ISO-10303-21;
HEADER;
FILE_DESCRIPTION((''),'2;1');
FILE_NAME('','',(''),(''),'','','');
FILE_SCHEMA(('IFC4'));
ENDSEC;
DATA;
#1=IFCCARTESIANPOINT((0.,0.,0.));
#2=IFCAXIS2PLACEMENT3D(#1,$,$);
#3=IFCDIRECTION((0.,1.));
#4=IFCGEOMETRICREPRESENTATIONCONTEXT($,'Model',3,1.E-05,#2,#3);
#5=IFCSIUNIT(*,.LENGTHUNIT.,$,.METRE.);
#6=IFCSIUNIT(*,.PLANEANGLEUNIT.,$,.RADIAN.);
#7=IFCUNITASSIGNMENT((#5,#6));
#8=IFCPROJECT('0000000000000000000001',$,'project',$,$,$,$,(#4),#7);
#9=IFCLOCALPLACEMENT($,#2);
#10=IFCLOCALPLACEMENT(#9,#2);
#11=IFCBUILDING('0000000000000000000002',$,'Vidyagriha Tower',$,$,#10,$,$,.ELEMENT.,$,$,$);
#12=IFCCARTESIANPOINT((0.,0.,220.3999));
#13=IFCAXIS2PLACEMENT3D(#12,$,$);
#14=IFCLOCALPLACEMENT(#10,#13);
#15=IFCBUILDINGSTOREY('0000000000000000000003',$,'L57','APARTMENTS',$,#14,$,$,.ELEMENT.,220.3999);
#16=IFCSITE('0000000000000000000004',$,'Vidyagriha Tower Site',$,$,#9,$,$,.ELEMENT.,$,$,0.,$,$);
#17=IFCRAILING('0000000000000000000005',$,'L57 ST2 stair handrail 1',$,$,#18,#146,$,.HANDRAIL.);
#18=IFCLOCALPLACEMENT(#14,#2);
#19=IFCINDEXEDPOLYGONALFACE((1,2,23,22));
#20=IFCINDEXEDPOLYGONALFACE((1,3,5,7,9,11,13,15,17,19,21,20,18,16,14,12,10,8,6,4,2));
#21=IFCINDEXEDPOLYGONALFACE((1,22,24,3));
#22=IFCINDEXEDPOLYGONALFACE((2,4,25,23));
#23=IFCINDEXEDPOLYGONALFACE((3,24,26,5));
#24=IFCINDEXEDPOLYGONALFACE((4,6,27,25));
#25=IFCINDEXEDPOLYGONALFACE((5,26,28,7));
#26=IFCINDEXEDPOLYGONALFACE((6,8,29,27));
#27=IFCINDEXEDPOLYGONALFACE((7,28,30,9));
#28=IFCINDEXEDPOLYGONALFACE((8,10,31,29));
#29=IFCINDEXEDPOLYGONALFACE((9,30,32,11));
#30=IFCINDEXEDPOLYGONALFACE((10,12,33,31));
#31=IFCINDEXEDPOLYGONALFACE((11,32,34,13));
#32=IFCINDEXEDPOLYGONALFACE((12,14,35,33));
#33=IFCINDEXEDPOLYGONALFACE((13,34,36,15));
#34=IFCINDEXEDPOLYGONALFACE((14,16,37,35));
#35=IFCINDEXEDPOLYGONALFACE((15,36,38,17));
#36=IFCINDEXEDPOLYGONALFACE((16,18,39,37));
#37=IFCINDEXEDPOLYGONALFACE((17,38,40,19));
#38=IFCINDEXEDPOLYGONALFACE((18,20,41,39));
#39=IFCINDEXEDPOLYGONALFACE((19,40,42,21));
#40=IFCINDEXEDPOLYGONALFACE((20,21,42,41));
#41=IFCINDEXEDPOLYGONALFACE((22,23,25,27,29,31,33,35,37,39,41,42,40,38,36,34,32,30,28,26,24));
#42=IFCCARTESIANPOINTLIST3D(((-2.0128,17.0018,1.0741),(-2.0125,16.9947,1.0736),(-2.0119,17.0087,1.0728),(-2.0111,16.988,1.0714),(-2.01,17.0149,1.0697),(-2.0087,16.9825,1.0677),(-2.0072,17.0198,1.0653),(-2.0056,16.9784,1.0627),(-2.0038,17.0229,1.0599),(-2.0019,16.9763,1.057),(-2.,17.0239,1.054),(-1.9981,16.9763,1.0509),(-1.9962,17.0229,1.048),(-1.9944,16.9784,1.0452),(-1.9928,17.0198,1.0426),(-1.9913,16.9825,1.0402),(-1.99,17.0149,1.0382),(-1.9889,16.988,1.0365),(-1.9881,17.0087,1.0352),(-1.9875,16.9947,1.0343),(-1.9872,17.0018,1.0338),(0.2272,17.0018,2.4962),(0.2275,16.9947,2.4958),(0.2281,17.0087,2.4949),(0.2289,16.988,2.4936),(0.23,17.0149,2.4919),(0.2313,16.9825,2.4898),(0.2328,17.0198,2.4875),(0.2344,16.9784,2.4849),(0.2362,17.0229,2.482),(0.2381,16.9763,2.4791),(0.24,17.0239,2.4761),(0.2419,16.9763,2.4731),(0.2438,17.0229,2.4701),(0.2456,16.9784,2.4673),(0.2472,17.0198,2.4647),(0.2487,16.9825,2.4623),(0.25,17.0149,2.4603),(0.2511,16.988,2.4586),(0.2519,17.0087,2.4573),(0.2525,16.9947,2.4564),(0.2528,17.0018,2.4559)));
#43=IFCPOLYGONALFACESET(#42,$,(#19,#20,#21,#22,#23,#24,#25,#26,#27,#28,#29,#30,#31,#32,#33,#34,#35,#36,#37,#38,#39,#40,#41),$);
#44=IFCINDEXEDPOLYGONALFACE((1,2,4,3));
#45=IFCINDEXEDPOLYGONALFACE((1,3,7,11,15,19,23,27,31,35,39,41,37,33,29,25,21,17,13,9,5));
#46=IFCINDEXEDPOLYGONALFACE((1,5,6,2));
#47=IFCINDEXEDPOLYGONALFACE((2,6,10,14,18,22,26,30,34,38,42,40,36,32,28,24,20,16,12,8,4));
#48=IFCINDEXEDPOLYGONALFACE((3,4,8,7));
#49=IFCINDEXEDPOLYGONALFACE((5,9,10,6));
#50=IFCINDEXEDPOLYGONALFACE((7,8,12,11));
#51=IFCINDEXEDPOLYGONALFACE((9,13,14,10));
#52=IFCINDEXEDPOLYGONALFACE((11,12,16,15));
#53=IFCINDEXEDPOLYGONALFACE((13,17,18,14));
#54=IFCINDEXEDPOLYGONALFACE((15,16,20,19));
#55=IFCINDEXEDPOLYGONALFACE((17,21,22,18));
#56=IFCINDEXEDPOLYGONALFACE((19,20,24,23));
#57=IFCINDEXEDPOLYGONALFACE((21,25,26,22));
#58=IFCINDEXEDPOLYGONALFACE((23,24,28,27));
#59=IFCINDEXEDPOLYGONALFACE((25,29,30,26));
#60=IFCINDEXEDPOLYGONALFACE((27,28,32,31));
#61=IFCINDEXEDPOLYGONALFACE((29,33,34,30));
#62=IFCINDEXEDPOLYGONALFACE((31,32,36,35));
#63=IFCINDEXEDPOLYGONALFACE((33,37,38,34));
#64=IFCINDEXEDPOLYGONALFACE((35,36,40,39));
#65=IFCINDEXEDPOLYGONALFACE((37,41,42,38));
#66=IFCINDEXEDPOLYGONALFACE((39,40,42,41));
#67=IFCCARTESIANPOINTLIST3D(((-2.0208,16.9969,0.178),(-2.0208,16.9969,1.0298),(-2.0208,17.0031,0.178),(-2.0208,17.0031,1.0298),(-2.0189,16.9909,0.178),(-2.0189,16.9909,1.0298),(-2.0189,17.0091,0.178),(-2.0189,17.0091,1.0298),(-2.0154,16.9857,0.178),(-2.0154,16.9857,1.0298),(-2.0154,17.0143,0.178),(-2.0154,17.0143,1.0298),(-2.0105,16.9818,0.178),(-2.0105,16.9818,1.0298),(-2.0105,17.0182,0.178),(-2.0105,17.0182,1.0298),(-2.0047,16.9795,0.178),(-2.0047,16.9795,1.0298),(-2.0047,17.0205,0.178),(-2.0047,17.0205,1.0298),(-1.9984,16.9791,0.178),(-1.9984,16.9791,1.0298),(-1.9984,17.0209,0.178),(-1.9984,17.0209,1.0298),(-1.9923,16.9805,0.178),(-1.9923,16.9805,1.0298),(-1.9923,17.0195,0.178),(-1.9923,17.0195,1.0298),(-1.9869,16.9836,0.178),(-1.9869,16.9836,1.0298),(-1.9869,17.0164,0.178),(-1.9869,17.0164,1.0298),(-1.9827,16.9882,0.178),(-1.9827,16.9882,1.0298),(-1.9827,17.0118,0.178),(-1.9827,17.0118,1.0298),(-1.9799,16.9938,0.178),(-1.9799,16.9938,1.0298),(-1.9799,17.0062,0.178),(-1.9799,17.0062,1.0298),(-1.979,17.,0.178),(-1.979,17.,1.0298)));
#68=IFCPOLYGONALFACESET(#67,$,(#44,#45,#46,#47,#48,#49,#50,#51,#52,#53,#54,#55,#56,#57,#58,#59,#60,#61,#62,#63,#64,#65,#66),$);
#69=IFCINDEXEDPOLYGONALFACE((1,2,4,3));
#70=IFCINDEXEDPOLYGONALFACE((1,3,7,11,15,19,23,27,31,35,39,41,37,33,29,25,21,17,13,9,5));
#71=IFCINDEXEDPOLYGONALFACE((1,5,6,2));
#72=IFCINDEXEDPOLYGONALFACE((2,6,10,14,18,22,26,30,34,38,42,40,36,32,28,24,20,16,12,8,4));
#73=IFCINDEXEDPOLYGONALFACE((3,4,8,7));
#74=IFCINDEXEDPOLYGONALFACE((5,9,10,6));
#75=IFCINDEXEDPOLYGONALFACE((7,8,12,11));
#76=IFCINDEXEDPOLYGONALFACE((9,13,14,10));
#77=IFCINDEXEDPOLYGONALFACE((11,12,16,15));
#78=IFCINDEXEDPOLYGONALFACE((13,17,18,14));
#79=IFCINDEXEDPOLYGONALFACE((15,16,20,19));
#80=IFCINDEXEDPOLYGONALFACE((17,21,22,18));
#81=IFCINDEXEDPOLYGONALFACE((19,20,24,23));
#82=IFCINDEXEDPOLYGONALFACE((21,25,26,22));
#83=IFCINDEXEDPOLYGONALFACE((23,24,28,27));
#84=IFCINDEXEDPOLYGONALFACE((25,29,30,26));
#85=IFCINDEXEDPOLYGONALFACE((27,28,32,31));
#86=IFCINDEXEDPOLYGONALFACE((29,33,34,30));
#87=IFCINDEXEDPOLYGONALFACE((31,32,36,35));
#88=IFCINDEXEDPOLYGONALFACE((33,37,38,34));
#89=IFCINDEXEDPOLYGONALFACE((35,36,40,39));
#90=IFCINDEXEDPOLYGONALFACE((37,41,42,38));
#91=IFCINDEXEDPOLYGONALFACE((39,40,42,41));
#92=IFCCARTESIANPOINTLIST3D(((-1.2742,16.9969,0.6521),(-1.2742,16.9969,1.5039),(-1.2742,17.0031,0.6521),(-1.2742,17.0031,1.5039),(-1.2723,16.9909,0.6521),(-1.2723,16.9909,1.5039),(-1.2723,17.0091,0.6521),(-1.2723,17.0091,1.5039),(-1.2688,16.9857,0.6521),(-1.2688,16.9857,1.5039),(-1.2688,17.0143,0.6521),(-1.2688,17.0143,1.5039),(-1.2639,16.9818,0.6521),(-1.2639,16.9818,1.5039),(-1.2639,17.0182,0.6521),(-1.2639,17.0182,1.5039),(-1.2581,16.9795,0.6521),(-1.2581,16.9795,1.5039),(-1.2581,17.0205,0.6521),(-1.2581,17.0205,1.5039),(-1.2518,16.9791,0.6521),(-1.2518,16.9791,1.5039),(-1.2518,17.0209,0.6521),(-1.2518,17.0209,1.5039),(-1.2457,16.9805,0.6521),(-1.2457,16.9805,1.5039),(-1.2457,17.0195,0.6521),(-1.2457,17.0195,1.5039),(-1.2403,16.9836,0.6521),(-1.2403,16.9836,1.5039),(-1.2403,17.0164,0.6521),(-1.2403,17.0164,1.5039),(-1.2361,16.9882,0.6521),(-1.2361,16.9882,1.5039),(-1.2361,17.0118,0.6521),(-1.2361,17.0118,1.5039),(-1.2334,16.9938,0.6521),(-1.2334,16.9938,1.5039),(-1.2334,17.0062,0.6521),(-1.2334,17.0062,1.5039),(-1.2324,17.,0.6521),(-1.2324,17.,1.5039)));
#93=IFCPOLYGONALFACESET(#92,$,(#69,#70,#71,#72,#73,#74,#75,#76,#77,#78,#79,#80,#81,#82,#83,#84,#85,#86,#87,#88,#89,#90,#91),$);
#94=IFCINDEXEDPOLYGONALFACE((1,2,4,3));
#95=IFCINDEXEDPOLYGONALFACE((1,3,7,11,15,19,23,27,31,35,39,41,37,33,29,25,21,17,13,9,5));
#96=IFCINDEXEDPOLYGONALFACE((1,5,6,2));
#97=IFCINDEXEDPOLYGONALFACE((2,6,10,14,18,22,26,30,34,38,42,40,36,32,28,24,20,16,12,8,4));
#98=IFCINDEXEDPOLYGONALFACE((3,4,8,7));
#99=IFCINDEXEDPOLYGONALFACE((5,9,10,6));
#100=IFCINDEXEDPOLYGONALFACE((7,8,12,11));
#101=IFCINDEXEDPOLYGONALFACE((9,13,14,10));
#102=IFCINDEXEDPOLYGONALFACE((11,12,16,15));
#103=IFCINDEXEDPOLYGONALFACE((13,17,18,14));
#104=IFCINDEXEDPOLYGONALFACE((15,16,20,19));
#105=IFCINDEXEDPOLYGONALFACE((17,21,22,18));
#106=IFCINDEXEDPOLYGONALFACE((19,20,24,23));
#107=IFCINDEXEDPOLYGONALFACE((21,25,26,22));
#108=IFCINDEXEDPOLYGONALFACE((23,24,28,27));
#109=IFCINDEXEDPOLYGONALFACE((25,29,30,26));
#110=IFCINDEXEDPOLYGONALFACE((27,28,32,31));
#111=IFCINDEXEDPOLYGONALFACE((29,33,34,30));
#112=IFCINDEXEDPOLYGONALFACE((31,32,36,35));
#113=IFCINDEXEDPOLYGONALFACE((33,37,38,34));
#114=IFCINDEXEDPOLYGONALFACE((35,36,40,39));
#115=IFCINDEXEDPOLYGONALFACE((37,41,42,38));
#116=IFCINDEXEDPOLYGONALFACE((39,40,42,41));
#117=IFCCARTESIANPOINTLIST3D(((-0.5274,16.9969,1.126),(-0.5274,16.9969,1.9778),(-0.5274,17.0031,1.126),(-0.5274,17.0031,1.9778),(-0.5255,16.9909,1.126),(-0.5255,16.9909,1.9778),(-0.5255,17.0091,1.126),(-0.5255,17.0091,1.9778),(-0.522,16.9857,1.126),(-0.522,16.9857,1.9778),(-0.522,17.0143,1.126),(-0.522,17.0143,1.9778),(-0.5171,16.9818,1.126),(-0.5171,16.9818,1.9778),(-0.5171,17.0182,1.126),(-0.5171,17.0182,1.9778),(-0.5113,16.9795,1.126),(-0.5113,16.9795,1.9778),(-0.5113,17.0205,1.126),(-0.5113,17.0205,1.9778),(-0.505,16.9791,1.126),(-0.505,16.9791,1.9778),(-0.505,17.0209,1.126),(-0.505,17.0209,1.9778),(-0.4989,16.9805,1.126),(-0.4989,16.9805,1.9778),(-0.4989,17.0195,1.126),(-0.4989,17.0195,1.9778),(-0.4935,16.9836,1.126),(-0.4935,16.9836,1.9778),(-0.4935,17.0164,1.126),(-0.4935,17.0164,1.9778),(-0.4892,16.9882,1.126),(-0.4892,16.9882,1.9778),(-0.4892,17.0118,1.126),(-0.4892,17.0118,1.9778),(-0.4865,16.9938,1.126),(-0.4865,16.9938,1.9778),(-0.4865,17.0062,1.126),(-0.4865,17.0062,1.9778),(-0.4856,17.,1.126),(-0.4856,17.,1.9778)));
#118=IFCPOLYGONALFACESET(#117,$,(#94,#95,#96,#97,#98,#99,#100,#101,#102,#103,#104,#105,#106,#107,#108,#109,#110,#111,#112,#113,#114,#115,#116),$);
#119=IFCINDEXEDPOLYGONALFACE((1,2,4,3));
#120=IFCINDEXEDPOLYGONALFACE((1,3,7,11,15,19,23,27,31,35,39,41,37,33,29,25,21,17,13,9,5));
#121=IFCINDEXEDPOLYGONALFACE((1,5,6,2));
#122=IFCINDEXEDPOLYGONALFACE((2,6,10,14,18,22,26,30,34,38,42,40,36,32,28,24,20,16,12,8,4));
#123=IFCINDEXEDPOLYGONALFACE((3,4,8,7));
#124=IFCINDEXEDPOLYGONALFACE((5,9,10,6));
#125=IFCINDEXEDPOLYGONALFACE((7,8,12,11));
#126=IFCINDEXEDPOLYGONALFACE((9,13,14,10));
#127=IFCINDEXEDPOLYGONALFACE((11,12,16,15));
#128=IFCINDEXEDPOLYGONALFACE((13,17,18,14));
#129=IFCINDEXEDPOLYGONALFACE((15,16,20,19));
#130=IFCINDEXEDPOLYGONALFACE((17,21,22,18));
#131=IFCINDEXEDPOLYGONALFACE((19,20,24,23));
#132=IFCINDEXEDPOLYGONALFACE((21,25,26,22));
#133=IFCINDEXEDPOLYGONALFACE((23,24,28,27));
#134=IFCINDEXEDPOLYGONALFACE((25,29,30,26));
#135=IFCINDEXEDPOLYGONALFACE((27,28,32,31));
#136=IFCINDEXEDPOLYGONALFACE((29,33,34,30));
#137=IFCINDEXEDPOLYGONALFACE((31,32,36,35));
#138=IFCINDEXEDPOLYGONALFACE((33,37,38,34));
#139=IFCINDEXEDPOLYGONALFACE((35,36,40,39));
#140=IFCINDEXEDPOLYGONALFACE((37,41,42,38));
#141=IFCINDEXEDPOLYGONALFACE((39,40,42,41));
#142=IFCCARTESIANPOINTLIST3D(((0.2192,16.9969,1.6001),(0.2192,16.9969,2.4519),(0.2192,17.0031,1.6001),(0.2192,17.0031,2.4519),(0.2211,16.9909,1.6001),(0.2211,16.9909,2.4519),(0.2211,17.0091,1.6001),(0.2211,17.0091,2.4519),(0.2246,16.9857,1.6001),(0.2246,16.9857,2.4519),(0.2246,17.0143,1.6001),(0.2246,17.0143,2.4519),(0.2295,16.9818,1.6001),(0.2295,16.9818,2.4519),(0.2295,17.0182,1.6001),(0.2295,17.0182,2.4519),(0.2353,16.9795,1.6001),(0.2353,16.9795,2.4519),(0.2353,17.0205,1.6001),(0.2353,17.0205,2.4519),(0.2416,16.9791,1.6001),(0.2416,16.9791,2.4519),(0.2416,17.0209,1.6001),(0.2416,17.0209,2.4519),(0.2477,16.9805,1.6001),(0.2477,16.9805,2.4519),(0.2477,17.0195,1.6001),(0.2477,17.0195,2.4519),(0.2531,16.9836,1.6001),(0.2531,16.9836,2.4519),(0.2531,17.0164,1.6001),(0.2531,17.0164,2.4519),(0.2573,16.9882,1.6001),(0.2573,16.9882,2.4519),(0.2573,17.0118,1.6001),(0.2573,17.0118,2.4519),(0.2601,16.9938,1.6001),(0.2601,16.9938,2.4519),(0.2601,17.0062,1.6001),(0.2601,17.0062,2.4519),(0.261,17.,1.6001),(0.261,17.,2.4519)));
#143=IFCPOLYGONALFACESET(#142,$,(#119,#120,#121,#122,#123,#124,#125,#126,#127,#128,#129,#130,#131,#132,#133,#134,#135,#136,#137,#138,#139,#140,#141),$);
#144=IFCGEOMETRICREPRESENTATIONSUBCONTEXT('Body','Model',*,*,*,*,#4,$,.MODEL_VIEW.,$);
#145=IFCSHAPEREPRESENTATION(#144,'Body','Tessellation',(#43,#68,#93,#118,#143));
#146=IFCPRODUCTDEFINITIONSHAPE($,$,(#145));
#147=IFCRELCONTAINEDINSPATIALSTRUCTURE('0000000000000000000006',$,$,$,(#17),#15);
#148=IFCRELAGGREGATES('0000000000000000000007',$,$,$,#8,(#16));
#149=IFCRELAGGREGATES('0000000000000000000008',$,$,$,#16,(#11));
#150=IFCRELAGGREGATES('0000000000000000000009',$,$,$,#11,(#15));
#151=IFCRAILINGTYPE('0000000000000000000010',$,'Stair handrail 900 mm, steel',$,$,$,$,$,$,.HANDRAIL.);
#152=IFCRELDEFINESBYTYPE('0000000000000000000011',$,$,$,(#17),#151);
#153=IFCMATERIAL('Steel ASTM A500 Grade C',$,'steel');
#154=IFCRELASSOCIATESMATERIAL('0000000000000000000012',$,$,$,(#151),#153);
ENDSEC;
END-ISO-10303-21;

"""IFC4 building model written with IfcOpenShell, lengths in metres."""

from ifc_helpers import new_model, si_unit, direction, frame, origin, origin_2d, place, context, subcontext, project, spatial, circle, extrude, material, type_object, element, save


model = new_model("IFC4")

# Units and contexts
model_context = context("Model", 3, precision=1e-05, world=origin(), true_north=direction((0.0, 1.0)))
body_context = subcontext(model_context, "Body", "Model", "MODEL_VIEW")
ifc_project = project(units=[si_unit("LENGTHUNIT", "METRE"), si_unit("PLANEANGLEUNIT", "RADIAN")], contexts=[model_context])

# Site, building, storey
site_placement = place(None, origin())
site = spatial("IfcSite", under=ifc_project, at=site_placement, Name="Vidyagriha Tower Site", CompositionType="ELEMENT", RefElevation=0.0)
building_placement = place(site_placement, origin())
building = spatial("IfcBuilding", under=site, at=building_placement, Name="Vidyagriha Tower", CompositionType="ELEMENT")
storey_placement = place(building_placement, frame((0.0, 0.0, 220.3999)))
storey = spatial("IfcBuildingStorey", under=building, at=storey_placement, Name="L57", Description="APARTMENTS", CompositionType="ELEMENT", Elevation=220.3999)

# Railing
ifc_material_1 = material(Name="Steel ASTM A500 Grade C", Category="steel")
railing_type_1 = type_object("IfcRailingType", Name="Stair handrail 900 mm, steel", PredefinedType="HANDRAIL", material=ifc_material_1)
railing_1_placement = place(storey_placement, frame((-2.0, 17.0, 0.178)))
element("IfcRailing", 1, at=railing_1_placement, inside=storey, type_object=railing_type_1, Name="L57 ST2 stair handrail 1", PredefinedType="HANDRAIL", context=body_context, shape_type="SweptSolid", body=[
    extrude(circle(Radius=0.0239, at=origin_2d()), frame((0.0, 0.0, 0.876), z_axis=(0.844229, 0.0, 0.535982), x_axis=(0.0, 1.0, 0.0)), (0.0, 0.0, 1.0), 2.6533),
    extrude(circle(Radius=0.021, at=origin_2d()), origin(), (0.0, 0.0, 1.0), 0.8518),
    extrude(circle(Radius=0.021, at=origin_2d()), frame((0.7466, 0.0, 0.4741)), (0.0, 0.0, 1.0), 0.8518),
    extrude(circle(Radius=0.021, at=origin_2d()), frame((1.4934, 0.0, 0.948)), (0.0, 0.0, 1.0), 0.8518),
    extrude(circle(Radius=0.021, at=origin_2d()), frame((2.24, 0.0, 1.4221)), (0.0, 0.0, 1.0), 0.8518),
])

save(model, "model.ifc")
